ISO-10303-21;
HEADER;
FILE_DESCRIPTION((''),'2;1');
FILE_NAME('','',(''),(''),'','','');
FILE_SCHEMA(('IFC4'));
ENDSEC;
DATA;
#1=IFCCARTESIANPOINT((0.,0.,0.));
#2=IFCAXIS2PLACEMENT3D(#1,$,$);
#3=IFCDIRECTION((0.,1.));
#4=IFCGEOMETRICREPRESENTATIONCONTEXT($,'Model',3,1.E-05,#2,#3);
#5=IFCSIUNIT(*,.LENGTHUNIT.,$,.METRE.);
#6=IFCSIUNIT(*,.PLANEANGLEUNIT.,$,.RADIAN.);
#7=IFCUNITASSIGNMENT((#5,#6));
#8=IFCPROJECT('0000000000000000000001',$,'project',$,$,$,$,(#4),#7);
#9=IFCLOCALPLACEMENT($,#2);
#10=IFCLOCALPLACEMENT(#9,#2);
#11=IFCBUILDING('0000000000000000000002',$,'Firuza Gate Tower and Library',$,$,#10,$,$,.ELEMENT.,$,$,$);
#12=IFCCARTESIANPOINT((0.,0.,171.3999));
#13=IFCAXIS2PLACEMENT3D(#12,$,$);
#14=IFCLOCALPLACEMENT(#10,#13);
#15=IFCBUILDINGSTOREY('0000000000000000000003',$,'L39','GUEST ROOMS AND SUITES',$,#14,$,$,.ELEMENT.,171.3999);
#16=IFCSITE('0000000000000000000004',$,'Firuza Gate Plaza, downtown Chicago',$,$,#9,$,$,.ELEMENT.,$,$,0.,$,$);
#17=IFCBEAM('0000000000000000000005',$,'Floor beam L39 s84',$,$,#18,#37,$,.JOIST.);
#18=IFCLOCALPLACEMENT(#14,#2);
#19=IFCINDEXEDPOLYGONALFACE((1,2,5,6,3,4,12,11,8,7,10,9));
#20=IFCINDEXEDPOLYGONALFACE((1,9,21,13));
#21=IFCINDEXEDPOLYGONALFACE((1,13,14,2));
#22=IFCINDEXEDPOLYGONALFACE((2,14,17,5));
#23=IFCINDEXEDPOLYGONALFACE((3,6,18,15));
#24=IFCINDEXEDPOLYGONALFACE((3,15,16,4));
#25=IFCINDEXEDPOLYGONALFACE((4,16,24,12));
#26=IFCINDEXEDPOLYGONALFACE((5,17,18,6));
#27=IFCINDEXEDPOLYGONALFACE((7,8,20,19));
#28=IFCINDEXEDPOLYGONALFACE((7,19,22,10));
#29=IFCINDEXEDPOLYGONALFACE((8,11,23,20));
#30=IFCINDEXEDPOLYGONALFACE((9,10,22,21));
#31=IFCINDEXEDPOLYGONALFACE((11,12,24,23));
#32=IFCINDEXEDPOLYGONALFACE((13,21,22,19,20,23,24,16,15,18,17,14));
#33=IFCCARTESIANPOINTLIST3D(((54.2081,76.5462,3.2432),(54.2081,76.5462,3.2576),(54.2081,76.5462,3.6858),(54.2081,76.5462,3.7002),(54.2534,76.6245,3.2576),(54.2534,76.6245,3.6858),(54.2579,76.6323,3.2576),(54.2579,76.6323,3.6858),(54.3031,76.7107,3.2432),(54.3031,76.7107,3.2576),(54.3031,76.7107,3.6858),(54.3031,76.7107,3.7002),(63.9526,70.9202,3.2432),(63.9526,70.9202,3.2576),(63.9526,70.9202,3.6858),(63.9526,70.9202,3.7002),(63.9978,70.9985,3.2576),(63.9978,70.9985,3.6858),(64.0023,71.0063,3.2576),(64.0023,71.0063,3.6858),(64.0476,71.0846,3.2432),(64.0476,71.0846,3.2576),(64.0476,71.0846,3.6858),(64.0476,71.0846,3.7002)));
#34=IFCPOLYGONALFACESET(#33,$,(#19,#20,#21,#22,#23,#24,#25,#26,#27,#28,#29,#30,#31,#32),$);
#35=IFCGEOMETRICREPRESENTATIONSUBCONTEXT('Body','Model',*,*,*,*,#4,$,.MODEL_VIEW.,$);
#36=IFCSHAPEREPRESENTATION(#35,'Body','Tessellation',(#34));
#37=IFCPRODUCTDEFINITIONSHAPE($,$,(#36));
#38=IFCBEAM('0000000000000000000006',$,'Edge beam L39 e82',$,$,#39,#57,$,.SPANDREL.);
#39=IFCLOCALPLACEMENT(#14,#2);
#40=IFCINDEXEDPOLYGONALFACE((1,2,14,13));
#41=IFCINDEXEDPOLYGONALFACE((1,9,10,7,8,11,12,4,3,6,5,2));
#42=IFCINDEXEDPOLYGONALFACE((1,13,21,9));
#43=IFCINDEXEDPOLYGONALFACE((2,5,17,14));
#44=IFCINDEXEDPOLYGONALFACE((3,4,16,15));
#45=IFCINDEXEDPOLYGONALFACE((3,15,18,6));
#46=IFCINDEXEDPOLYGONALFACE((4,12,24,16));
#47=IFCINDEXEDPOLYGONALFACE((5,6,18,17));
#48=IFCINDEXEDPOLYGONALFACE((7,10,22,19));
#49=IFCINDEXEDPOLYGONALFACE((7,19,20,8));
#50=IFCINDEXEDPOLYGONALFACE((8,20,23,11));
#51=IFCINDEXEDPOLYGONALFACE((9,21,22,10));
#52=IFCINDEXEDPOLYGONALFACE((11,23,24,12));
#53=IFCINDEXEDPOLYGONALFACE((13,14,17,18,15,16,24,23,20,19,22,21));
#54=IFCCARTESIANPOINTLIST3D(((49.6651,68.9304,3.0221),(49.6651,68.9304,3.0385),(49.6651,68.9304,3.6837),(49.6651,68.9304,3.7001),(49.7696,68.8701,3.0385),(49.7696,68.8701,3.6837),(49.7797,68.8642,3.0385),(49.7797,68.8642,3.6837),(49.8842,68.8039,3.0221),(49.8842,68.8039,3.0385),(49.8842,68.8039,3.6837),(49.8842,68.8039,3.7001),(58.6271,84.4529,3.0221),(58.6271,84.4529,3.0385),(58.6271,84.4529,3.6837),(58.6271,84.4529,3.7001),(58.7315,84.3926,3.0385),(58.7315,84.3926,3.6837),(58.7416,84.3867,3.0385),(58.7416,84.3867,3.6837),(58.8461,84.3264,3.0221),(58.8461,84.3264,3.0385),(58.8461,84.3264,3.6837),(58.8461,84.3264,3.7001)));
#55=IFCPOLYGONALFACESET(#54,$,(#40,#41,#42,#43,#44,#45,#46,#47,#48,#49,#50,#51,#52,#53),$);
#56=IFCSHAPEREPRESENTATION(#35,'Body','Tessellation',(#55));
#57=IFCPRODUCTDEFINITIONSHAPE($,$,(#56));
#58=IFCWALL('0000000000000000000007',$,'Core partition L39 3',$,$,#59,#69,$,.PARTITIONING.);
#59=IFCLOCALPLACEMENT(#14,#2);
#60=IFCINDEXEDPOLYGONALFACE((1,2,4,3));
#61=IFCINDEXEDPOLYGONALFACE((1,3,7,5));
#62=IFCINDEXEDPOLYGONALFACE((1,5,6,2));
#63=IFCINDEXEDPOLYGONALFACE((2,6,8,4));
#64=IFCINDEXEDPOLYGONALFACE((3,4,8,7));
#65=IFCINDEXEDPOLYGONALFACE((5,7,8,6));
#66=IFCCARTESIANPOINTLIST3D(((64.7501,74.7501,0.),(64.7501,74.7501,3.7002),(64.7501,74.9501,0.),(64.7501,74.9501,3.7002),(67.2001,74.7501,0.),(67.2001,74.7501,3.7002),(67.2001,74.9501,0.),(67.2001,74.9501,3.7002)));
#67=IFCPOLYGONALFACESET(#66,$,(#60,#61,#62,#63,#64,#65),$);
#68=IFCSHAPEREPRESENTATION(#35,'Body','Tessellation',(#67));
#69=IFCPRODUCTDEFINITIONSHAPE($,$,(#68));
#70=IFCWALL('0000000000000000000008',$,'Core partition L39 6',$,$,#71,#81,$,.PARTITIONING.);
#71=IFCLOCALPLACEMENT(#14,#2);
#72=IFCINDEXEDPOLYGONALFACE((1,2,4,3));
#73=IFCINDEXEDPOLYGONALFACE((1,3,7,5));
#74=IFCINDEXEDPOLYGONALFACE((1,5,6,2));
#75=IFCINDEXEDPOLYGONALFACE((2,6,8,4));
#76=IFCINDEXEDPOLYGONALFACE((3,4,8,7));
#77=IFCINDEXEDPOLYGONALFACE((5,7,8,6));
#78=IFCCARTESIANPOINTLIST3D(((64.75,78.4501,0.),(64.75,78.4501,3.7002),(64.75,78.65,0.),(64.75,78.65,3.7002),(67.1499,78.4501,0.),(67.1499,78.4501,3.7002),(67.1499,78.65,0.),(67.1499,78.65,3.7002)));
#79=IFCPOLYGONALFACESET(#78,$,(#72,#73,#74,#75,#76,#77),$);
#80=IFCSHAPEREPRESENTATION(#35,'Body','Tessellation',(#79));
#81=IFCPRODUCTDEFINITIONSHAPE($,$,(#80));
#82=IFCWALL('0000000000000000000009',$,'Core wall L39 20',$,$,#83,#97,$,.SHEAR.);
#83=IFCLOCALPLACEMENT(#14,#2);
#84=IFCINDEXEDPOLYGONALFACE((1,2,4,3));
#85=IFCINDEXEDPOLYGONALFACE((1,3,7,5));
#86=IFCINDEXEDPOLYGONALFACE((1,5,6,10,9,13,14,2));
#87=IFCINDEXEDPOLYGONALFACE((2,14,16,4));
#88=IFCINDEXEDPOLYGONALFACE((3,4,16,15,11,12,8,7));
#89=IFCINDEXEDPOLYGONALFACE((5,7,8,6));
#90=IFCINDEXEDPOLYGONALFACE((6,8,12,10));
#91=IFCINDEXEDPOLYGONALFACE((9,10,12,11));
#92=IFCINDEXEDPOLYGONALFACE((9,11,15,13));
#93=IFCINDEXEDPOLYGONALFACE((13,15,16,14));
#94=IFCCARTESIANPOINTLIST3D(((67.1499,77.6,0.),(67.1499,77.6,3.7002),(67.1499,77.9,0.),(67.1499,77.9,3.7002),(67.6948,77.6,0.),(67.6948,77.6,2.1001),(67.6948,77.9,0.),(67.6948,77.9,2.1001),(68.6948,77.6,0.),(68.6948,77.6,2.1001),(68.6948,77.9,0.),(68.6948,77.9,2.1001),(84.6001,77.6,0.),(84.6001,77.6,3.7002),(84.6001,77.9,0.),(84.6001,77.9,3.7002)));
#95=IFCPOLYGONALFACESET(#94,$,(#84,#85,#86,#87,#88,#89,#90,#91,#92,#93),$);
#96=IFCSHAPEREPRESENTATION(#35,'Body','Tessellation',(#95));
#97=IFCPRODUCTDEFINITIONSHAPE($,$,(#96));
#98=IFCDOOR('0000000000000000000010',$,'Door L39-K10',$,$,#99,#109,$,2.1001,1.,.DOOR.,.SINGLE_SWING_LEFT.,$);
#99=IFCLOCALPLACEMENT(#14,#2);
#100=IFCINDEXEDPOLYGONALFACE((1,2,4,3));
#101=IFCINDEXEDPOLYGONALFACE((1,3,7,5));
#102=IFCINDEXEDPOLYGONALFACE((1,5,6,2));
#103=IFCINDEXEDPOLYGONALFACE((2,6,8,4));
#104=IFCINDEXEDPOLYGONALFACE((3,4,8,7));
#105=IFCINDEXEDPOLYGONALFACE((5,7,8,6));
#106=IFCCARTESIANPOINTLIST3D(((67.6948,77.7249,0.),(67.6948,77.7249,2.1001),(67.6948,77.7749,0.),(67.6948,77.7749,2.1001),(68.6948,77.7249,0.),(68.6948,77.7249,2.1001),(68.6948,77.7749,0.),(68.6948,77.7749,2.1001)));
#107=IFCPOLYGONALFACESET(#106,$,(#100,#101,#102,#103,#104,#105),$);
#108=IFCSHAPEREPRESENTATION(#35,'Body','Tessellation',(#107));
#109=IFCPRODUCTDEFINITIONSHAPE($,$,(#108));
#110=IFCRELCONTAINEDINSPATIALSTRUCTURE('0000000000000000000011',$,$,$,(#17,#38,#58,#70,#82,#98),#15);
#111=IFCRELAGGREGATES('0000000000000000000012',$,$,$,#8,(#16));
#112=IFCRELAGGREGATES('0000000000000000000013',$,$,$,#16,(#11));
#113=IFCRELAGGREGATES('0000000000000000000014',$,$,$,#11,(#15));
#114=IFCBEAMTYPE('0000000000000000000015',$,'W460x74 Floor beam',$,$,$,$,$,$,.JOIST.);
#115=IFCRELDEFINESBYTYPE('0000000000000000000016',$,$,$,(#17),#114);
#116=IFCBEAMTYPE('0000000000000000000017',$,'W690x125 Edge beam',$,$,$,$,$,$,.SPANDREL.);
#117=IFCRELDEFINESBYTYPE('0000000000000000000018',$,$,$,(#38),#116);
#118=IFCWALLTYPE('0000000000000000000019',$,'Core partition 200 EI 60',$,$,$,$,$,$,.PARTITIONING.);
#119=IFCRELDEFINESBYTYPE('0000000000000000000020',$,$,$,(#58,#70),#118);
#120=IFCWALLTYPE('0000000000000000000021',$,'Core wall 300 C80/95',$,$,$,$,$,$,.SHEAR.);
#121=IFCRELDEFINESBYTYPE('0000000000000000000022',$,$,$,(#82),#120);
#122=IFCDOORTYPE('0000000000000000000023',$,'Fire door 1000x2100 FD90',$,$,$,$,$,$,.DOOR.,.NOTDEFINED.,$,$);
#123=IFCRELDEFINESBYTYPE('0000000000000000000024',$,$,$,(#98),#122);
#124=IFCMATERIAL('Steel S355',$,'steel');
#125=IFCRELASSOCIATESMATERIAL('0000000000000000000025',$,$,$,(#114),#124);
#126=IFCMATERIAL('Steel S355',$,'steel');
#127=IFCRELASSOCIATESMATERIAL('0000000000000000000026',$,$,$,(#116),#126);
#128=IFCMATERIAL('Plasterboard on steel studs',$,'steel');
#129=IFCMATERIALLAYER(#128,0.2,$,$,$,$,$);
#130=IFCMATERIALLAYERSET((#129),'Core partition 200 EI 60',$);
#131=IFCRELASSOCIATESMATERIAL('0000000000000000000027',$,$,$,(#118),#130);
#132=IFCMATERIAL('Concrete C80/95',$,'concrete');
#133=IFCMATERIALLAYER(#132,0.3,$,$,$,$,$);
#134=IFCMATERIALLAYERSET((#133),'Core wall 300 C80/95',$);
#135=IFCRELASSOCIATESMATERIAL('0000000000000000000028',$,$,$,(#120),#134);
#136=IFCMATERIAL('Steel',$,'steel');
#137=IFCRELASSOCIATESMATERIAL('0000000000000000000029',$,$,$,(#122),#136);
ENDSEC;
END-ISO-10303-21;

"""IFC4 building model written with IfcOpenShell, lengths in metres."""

from ifc_helpers import new_model, si_unit, direction, frame, frame_2d, origin, origin_2d, place, context, subcontext, project, spatial, rectangle, i_section, extrude, material, layer, layer_set, material_profile, profile_set, type_object, element, fill, save


model = new_model("IFC4")

# Units and contexts
model_context = context("Model", 3, precision=1e-05, world=origin(), true_north=direction((0.0, 1.0)))
body_context = subcontext(model_context, "Body", "Model", "MODEL_VIEW")
ifc_project = project(units=[si_unit("LENGTHUNIT", "METRE"), si_unit("PLANEANGLEUNIT", "RADIAN")], contexts=[model_context])

# Site, building, storey
site_placement = place(None, origin())
site = spatial("IfcSite", under=ifc_project, at=site_placement, Name="Firuza Gate Plaza, downtown Chicago", CompositionType="ELEMENT", RefElevation=0.0)
building_placement = place(site_placement, origin())
building = spatial("IfcBuilding", under=site, at=building_placement, Name="Firuza Gate Tower and Library", CompositionType="ELEMENT")
storey_placement = place(building_placement, frame((0.0, 0.0, 171.3999)))
storey = spatial("IfcBuildingStorey", under=building, at=storey_placement, Name="L39", Description="GUEST ROOMS AND SUITES", CompositionType="ELEMENT", Elevation=171.3999)

# Beams
ifc_material_1 = material(Name="Steel S355", Category="steel")
ifc_material_profile_1 = material_profile(ifc_material_1, i_section(OverallWidth=0.1899, OverallDepth=0.457, WebThickness=0.009, FlangeThickness=0.0144, at=origin_2d()))
ifc_profile_set_1 = profile_set([ifc_material_profile_1], Name="Steel S355")
beam_type_1 = type_object("IfcBeamType", Name="W460x74 Floor beam", PredefinedType="JOIST", material=ifc_profile_set_1)
beam_1_placement = place(storey_placement, frame((54.2556, 76.6284, 3.4717), z_axis=(0.866023, -0.500004, 0.0), x_axis=(0.500004, 0.866023, 0.0)))
element("IfcBeam", 1, at=beam_1_placement, inside=storey, type_object=beam_type_1, Name="Floor beam L39 s84", PredefinedType="JOIST", context=body_context, shape_type="SweptSolid", body=[
    extrude(i_section(OverallWidth=0.1899, OverallDepth=0.457, WebThickness=0.009, FlangeThickness=0.0144, at=origin_2d()), origin(), (0.0, 0.0, 1.0), 11.252),
])
ifc_material_2 = material(Name="Steel S355", Category="steel")
ifc_material_profile_2 = material_profile(ifc_material_2, i_section(OverallWidth=0.2529, OverallDepth=0.678, WebThickness=0.0117, FlangeThickness=0.0164, at=origin_2d()))
ifc_profile_set_2 = profile_set([ifc_material_profile_2], Name="Steel S355")
beam_type_2 = type_object("IfcBeamType", Name="W690x125 Edge beam", PredefinedType="SPANDREL", material=ifc_profile_set_2)
beam_2_placement = place(storey_placement, frame((58.7366, 84.3896, 3.3611), z_axis=(-0.500001, -0.866025, 0.0), x_axis=(0.866025, -0.500001, 0.0)))
element("IfcBeam", 2, at=beam_2_placement, inside=storey, type_object=beam_type_2, Name="Edge beam L39 e82", PredefinedType="SPANDREL", context=body_context, shape_type="SweptSolid", body=[
    extrude(i_section(OverallWidth=0.2529, OverallDepth=0.678, WebThickness=0.0117, FlangeThickness=0.0164, at=origin_2d()), origin(), (0.0, 0.0, 1.0), 17.9238),
])

# Walls
ifc_material_3 = material(Name="Plasterboard on steel studs", Category="steel")
ifc_layer_1 = layer(ifc_material_3, 0.2)
ifc_layer_set_1 = layer_set([ifc_layer_1], Name="Core partition 200 EI 60")
wall_type_1 = type_object("IfcWallType", Name="Core partition 200 EI 60", PredefinedType="PARTITIONING", material=ifc_layer_set_1)
wall_1_placement = place(storey_placement, frame((64.75, 74.8501, 0.0), z_axis=(0.0, 0.0, 1.0), x_axis=(1.0, 0.0, 0.0)))
element("IfcWall", 3, at=wall_1_placement, inside=storey, type_object=wall_type_1, Name="Core partition L39 3", PredefinedType="PARTITIONING", context=body_context, shape_type="SweptSolid", body=[
    extrude(rectangle(XDim=2.45, YDim=0.2, at=frame_2d((1.2251, 0.0))), origin(), (0.0, 0.0, 1.0), 3.7002),
])
wall_2_placement = place(storey_placement, frame((64.75, 78.55, 0.0), z_axis=(0.0, 0.0, 1.0), x_axis=(1.0, 0.0, 0.0)))
element("IfcWall", 4, at=wall_2_placement, inside=storey, type_object=wall_type_1, Name="Core partition L39 6", PredefinedType="PARTITIONING", context=body_context, shape_type="SweptSolid", body=[
    extrude(rectangle(XDim=2.3999, YDim=0.2, at=frame_2d((1.2, 0.0))), origin(), (0.0, 0.0, 1.0), 3.7002),
])

# Wall, opening, door
ifc_material_4 = material(Name="Concrete C80/95", Category="concrete")
ifc_layer_2 = layer(ifc_material_4, 0.3)
ifc_layer_set_2 = layer_set([ifc_layer_2], Name="Core wall 300 C80/95")
wall_type_2 = type_object("IfcWallType", Name="Core wall 300 C80/95", PredefinedType="SHEAR", material=ifc_layer_set_2)
wall_3_placement = place(storey_placement, frame((67.1499, 77.75, 0.0), z_axis=(0.0, 0.0, 1.0), x_axis=(1.0, 0.0, 0.0)))
wall_3 = element("IfcWall", 5, at=wall_3_placement, inside=storey, type_object=wall_type_2, Name="Core wall L39 20", PredefinedType="SHEAR", context=body_context, shape_type="SweptSolid", body=[
    extrude(rectangle(XDim=17.4502, YDim=0.3, at=frame_2d((8.7251, 0.0))), origin(), (0.0, 0.0, 1.0), 3.7002),
])
opening_1_placement = place(wall_3_placement, frame((0.5449, 0.0, 0.0)))
opening_1 = element("IfcOpeningElement", 6, at=opening_1_placement, cuts=wall_3, PredefinedType="OPENING", context=body_context, shape_type="SweptSolid", body=[
    extrude(rectangle(XDim=1.0, YDim=2.1001, at=frame_2d((0.5, 1.05))), frame((0.0, 0.1602, 0.0), z_axis=(0.0, -1.0, 0.0), x_axis=(1.0, 0.0, 0.0)), (0.0, 0.0, 1.0), 0.3201),
])
ifc_material_5 = material(Name="Steel", Category="steel")
door_type_1 = type_object("IfcDoorType", Name="Fire door 1000x2100 FD90", OperationType="NOTDEFINED", PredefinedType="DOOR", material=ifc_material_5)
door_1_placement = place(opening_1_placement, origin())
door_1 = element("IfcDoor", 7, at=door_1_placement, inside=storey, type_object=door_type_1, Name="Door L39-K10", OperationType="SINGLE_SWING_LEFT", OverallHeight=2.1001, OverallWidth=1.0, PredefinedType="DOOR", context=body_context, shape_type="SweptSolid", body=[
    extrude(rectangle(XDim=1.0, YDim=2.1001, at=frame_2d((0.5, 1.05))), frame((0.0, 0.0249, 0.0), z_axis=(0.0, -1.0, 0.0), x_axis=(1.0, 0.0, 0.0)), (0.0, 0.0, 1.0), 0.05),
])
fill(opening_1, door_1)

save(model, "model.ifc")
